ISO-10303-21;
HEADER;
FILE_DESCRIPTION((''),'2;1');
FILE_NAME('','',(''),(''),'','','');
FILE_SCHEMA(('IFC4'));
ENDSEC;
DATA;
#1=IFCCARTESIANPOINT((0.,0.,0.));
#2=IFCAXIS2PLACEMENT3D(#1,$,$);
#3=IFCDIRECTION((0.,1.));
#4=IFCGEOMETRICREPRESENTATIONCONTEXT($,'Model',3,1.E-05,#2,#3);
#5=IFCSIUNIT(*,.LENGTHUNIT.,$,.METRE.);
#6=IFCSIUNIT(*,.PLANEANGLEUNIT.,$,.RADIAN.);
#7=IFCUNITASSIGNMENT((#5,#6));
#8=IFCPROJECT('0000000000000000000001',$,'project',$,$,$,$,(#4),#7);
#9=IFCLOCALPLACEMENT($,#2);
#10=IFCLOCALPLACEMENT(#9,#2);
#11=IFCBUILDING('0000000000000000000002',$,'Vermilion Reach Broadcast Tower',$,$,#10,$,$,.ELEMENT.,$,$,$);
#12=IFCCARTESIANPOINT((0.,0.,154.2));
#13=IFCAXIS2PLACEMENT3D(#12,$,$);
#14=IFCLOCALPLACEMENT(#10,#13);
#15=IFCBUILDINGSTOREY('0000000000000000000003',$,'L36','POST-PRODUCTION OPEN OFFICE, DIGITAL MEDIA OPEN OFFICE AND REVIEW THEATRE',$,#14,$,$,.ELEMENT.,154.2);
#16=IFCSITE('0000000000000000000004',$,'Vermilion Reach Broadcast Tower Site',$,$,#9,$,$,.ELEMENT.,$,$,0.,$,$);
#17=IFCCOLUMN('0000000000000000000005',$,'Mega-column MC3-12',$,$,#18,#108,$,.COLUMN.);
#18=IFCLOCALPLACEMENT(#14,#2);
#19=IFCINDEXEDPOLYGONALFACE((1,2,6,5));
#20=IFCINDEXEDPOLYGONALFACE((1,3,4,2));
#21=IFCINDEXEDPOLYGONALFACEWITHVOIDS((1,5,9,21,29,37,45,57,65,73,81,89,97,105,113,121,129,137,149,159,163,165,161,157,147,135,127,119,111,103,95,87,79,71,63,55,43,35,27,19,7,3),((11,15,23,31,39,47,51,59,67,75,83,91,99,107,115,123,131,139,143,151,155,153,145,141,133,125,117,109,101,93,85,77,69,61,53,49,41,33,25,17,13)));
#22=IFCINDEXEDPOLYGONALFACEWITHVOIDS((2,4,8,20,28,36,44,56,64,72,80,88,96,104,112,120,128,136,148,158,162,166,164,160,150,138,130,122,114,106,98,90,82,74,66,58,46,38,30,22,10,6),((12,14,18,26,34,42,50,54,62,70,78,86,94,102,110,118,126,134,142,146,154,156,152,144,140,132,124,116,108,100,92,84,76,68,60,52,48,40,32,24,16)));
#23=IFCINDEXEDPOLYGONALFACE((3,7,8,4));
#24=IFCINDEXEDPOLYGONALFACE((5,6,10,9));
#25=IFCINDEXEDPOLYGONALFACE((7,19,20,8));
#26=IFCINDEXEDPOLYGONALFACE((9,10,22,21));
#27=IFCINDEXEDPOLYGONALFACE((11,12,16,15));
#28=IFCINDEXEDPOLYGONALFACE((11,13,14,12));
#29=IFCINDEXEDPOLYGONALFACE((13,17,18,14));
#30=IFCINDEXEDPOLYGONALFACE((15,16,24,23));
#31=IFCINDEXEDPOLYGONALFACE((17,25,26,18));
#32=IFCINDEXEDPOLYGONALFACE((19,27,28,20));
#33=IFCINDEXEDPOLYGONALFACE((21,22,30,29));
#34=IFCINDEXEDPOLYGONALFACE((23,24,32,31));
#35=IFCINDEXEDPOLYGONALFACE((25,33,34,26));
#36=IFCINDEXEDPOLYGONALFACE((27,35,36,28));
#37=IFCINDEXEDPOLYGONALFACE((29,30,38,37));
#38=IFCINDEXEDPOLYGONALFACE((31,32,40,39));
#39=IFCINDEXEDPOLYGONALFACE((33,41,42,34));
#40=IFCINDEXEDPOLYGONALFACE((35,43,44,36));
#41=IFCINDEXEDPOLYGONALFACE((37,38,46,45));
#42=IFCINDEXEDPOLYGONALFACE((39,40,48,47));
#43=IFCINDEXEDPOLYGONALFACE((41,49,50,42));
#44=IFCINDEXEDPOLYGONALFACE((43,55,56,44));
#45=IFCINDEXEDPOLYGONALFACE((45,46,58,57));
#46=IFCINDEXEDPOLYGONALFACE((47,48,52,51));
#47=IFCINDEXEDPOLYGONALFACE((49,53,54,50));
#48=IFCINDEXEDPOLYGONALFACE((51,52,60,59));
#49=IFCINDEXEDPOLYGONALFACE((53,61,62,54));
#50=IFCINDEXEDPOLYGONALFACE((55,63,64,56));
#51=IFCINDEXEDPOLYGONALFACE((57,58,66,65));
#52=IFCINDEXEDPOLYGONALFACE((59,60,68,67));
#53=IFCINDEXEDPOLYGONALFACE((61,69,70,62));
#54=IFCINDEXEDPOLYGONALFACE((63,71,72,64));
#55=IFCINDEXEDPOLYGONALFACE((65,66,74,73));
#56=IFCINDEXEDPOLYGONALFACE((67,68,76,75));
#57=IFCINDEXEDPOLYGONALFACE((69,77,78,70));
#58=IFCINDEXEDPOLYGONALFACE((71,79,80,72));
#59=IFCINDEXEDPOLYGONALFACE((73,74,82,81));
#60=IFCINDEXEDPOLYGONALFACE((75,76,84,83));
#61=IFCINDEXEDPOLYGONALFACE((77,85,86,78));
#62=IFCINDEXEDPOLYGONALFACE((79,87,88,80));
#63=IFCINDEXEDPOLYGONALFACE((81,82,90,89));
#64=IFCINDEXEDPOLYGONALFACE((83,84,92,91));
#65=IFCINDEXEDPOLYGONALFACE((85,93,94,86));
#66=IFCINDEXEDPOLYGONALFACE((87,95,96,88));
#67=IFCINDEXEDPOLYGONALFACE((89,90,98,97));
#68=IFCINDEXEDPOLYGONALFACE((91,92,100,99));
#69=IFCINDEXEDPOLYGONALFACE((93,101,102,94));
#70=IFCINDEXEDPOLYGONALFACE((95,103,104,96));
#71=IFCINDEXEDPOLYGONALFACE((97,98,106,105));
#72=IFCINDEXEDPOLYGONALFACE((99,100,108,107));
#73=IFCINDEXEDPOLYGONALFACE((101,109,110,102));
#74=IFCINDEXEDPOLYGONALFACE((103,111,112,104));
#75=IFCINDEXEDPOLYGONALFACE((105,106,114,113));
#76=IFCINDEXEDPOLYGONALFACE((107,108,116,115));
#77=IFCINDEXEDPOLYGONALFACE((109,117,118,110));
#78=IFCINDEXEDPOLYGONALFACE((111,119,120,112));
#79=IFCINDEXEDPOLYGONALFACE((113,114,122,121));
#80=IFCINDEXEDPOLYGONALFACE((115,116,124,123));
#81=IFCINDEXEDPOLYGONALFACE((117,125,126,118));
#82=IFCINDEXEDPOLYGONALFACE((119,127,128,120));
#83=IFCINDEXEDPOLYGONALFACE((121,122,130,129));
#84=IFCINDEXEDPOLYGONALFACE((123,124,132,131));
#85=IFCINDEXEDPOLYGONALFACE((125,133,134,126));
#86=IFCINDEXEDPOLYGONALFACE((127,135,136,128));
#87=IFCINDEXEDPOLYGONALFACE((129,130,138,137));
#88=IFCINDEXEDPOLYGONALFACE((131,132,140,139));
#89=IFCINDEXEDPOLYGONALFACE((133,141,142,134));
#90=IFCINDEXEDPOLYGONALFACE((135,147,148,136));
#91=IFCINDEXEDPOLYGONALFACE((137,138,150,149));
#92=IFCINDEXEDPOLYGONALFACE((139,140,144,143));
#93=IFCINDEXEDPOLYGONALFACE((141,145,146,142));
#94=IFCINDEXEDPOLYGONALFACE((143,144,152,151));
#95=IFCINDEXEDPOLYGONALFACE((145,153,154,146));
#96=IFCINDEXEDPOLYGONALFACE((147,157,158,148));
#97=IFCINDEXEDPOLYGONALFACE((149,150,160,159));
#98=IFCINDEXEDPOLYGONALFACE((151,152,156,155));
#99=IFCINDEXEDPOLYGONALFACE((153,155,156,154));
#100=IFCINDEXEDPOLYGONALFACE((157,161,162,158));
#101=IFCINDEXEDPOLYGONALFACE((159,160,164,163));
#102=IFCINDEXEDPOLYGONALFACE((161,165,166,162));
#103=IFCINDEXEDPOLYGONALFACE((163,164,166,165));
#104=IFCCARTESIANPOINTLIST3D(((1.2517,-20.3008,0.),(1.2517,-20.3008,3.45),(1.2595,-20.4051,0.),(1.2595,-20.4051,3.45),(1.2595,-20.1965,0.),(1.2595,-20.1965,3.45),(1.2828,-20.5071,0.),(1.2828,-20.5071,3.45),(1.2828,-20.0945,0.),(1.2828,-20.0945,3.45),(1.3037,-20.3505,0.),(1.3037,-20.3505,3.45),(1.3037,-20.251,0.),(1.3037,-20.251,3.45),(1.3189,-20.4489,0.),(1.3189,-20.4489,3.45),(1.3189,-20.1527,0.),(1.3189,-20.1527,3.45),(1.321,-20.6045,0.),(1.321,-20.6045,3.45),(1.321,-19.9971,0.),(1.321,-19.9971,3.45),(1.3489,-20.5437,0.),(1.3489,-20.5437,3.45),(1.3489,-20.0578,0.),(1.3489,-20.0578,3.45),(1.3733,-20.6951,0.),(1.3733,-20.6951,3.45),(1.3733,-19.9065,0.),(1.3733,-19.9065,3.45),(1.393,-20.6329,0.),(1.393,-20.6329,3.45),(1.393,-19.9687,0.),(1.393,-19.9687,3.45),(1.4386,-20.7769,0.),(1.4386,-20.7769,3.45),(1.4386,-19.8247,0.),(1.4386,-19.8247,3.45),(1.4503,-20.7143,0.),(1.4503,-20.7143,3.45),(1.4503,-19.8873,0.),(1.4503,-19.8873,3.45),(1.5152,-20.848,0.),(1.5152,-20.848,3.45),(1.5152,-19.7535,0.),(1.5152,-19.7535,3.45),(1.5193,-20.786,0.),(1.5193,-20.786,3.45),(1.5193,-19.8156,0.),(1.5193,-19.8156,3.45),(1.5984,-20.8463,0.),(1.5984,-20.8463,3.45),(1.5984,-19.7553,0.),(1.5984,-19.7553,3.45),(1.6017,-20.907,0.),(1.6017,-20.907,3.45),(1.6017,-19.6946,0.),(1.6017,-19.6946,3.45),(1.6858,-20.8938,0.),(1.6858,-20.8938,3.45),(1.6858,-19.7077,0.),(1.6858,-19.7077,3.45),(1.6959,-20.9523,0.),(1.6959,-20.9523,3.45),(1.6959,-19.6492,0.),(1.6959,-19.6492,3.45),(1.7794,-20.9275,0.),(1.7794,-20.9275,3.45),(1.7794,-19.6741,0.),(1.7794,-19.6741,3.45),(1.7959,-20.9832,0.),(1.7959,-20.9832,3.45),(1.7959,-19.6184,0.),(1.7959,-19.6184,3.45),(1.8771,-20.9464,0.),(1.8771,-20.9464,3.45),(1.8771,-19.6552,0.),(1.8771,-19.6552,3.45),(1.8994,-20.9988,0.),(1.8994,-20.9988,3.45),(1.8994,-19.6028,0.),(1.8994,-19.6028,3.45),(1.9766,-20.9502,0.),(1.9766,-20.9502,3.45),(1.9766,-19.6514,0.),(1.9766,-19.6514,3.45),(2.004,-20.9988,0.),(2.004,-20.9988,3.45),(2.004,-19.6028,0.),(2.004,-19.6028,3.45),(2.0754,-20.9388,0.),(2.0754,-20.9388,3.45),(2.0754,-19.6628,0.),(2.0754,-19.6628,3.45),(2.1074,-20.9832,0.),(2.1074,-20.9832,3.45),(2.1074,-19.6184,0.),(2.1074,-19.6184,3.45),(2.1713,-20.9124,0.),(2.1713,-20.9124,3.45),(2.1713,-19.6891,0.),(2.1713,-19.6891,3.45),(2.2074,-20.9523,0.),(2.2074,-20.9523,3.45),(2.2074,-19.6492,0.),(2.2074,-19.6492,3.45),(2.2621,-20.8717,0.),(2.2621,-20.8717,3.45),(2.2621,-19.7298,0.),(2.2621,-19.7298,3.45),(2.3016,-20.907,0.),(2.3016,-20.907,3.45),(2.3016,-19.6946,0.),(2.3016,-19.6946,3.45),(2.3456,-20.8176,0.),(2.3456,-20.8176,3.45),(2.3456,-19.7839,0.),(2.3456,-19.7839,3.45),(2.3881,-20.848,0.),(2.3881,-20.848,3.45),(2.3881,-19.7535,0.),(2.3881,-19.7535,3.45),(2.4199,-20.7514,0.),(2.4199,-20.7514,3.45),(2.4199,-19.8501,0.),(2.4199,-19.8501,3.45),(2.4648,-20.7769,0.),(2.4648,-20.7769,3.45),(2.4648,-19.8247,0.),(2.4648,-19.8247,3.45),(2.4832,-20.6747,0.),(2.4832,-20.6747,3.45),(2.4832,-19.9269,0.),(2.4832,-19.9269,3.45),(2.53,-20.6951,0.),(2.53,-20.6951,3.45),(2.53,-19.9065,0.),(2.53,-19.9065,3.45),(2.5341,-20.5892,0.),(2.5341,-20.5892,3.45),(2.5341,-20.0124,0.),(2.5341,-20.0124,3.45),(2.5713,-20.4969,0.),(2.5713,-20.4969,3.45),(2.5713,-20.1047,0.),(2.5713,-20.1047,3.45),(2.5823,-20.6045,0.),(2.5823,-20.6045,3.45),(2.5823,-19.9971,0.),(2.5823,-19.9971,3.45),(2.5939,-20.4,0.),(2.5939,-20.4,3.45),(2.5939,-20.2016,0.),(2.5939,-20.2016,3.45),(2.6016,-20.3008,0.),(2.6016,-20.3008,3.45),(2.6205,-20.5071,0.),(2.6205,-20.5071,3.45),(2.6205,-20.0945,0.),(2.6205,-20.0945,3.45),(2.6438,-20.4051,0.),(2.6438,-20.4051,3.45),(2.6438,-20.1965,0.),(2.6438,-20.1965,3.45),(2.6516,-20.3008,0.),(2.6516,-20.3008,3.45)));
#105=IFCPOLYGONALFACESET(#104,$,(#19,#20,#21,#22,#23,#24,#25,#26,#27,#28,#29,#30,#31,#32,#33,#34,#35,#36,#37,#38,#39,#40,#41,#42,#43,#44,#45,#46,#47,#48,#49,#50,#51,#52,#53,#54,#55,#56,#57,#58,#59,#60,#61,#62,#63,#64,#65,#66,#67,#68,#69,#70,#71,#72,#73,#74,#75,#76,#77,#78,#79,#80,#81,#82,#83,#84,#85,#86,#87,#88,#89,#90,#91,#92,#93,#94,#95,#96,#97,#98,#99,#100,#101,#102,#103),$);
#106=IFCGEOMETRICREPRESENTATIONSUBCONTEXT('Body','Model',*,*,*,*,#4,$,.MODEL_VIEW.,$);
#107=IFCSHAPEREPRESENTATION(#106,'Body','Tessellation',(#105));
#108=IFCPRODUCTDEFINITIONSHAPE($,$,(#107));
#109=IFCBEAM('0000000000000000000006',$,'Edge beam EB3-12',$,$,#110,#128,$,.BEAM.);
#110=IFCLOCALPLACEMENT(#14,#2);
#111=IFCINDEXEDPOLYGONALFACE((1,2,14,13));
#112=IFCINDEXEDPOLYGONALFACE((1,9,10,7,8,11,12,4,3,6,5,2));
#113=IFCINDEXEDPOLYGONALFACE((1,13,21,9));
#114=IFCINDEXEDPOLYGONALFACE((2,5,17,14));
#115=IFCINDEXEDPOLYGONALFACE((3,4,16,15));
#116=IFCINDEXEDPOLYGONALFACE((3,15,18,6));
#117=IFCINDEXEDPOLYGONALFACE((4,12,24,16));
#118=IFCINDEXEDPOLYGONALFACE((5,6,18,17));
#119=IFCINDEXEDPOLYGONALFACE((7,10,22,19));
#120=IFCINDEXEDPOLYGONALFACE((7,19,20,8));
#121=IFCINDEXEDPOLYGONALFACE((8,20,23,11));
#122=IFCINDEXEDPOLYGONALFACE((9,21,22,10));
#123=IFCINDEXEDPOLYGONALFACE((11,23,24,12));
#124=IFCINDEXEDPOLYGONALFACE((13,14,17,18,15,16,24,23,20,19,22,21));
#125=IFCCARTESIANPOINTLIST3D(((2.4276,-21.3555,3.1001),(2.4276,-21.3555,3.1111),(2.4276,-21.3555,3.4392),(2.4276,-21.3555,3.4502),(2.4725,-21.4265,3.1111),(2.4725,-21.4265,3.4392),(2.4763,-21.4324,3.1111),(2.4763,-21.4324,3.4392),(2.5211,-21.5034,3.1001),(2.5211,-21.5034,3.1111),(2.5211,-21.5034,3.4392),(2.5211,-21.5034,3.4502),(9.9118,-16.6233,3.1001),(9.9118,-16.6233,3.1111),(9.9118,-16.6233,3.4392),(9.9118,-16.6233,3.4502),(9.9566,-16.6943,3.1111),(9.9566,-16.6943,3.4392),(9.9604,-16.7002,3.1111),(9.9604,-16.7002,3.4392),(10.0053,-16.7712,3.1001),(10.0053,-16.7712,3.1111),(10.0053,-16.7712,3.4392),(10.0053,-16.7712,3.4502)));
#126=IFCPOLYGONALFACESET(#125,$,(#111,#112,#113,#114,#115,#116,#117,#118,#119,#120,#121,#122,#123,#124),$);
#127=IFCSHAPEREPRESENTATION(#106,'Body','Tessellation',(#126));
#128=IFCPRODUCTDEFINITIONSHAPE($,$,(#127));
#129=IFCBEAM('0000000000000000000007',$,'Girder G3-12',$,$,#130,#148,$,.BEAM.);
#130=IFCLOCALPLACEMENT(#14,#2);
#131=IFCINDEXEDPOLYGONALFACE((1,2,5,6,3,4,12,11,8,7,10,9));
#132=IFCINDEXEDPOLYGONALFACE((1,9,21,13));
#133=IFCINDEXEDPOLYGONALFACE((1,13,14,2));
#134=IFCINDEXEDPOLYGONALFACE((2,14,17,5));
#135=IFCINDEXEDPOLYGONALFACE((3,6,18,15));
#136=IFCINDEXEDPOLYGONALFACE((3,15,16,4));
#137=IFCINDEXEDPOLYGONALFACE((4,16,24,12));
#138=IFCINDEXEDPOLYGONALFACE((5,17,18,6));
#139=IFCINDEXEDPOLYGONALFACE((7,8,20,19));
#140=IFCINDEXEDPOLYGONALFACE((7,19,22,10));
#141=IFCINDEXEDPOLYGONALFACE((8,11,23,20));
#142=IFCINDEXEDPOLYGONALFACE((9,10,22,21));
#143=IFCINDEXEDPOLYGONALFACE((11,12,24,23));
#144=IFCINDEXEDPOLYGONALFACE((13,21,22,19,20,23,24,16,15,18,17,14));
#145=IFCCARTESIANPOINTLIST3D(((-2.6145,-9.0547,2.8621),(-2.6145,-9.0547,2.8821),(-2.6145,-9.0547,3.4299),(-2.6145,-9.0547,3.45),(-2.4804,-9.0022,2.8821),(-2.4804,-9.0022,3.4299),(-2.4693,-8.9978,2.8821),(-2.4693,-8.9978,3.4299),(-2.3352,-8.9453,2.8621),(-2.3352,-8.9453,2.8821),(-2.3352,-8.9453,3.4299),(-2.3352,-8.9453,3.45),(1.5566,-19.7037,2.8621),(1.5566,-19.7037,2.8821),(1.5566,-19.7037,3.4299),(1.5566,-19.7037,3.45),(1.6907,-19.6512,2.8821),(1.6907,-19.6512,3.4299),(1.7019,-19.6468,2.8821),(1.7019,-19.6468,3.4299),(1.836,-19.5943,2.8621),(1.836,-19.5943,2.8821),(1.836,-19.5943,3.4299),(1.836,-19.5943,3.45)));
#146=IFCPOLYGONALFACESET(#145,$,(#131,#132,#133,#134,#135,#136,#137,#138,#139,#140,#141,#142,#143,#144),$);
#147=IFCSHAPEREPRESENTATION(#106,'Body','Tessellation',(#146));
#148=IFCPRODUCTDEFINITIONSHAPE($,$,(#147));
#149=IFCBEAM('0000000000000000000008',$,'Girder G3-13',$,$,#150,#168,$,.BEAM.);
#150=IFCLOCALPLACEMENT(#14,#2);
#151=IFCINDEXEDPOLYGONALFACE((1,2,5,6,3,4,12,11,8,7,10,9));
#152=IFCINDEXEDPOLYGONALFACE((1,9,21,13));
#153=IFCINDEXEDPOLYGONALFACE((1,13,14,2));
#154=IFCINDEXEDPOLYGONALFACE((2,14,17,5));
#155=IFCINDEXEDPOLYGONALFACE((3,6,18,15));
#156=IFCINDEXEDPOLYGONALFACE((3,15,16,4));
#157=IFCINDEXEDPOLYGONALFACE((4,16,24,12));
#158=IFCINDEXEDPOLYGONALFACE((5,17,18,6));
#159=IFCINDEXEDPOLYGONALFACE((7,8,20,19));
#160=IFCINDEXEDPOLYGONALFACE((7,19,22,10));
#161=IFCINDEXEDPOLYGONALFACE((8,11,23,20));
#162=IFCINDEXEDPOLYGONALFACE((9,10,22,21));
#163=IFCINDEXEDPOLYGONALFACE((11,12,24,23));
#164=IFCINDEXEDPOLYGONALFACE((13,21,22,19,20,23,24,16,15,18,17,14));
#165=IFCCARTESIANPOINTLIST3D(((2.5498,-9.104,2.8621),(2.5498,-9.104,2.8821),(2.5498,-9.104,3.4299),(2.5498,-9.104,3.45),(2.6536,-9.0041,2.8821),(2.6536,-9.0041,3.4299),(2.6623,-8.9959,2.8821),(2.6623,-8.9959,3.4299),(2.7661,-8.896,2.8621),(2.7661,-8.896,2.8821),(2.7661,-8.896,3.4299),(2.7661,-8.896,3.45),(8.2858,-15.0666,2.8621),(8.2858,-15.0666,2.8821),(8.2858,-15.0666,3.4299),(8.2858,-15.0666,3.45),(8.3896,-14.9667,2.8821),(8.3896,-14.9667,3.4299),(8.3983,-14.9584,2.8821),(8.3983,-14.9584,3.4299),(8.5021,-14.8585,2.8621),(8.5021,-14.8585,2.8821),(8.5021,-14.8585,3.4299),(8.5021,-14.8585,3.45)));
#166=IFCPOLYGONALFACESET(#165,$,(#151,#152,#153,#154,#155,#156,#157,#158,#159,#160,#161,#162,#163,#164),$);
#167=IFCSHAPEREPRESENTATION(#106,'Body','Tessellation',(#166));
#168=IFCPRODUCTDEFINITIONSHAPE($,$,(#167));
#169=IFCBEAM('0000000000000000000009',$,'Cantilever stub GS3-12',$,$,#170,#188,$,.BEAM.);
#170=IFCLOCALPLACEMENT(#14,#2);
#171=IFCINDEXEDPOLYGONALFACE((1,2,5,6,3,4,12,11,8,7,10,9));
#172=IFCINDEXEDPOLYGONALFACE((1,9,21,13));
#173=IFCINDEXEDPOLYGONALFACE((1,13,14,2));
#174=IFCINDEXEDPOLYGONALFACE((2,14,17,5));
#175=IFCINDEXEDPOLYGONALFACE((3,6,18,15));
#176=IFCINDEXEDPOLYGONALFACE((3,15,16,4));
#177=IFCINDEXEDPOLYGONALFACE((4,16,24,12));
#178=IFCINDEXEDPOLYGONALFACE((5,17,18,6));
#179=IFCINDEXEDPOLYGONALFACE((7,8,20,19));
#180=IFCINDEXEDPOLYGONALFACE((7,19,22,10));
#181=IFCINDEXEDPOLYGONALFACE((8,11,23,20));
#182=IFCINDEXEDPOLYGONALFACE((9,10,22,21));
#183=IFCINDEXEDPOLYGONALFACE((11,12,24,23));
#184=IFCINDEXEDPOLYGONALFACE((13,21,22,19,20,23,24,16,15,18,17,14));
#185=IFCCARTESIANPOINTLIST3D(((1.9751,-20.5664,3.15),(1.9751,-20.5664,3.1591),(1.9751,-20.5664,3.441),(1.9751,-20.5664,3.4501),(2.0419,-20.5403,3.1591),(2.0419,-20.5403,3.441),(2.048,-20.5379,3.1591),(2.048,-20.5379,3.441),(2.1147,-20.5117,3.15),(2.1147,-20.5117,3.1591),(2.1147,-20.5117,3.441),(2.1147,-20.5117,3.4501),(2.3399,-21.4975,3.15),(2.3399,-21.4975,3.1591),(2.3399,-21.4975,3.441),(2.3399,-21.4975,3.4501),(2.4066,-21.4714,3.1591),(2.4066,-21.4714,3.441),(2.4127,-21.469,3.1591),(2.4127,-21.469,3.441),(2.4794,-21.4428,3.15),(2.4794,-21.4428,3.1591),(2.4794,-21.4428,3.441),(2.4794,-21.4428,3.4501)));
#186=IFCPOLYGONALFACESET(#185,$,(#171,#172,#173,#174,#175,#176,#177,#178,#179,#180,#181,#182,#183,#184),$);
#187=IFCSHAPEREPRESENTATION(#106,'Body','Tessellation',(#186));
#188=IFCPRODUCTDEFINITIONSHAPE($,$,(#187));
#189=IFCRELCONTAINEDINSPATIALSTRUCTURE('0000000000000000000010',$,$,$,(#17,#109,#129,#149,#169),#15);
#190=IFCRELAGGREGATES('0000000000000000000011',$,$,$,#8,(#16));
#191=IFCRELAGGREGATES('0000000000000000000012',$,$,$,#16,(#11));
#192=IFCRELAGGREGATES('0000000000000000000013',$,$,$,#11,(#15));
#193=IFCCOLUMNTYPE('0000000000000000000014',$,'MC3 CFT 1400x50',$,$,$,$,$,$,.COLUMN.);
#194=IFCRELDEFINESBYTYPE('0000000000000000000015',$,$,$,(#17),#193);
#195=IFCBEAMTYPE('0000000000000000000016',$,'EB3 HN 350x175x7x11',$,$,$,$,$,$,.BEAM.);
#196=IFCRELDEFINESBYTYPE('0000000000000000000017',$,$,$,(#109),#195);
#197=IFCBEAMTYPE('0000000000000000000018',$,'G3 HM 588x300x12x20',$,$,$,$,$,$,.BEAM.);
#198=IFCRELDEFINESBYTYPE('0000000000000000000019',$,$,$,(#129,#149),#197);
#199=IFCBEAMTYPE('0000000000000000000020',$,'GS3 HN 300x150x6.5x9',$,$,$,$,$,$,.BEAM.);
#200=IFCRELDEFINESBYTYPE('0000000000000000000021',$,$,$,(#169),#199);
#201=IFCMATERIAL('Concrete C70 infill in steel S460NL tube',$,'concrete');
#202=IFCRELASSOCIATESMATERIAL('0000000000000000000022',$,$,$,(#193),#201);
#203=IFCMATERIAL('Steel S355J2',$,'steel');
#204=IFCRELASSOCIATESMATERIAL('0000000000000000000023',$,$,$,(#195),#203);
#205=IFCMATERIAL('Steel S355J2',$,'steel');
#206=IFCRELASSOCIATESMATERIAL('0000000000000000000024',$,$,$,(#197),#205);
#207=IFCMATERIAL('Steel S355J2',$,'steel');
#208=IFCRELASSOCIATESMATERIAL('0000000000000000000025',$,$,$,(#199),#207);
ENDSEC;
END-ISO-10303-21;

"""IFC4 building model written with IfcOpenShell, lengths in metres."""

from ifc_helpers import new_model, si_unit, direction, frame, origin, origin_2d, place, context, subcontext, project, spatial, hollow_circle, i_section, extrude, material, material_profile, profile_set, type_object, element, save


model = new_model("IFC4")

# Units and contexts
model_context = context("Model", 3, precision=1e-05, world=origin(), true_north=direction((0.0, 1.0)))
body_context = subcontext(model_context, "Body", "Model", "MODEL_VIEW")
ifc_project = project(units=[si_unit("LENGTHUNIT", "METRE"), si_unit("PLANEANGLEUNIT", "RADIAN")], contexts=[model_context])

# Site, building, storey
site_placement = place(None, origin())
site = spatial("IfcSite", under=ifc_project, at=site_placement, Name="Vermilion Reach Broadcast Tower Site", CompositionType="ELEMENT", RefElevation=0.0)
building_placement = place(site_placement, origin())
building = spatial("IfcBuilding", under=site, at=building_placement, Name="Vermilion Reach Broadcast Tower", CompositionType="ELEMENT")
storey_placement = place(building_placement, frame((0.0, 0.0, 154.2)))
storey = spatial("IfcBuildingStorey", under=building, at=storey_placement, Name="L36", Description="POST-PRODUCTION OPEN OFFICE, DIGITAL MEDIA OPEN OFFICE AND REVIEW THEATRE", CompositionType="ELEMENT", Elevation=154.2)

# Column
ifc_material_1 = material(Name="Concrete C70 infill in steel S460NL tube", Category="concrete")
ifc_material_profile_1 = material_profile(ifc_material_1, hollow_circle(Radius=0.7, WallThickness=0.05, at=origin_2d()), Name="Concrete C70 infill in steel S460NL tube CFT 1400x50")
ifc_profile_set_1 = profile_set([ifc_material_profile_1], Name="Concrete C70 infill in steel S460NL tube")
column_type = type_object("IfcColumnType", Name="MC3 CFT 1400x50", PredefinedType="COLUMN", material=ifc_profile_set_1)
column_placement = place(storey_placement, frame((1.9517, -20.3008, 0.0), z_axis=(0.0, 0.0, 1.0), x_axis=(1.0, 0.0, 0.0)))
element("IfcColumn", 1, at=column_placement, inside=storey, type_object=column_type, Name="Mega-column MC3-12", PredefinedType="COLUMN", context=body_context, shape_type="SweptSolid", body=[
    extrude(hollow_circle(Radius=0.7, WallThickness=0.05, at=origin_2d()), origin(), (0.0, 0.0, 1.0), 3.45),
])

# Beams
ifc_material_2 = material(Name="Steel S355J2", Category="steel")
ifc_material_profile_2 = material_profile(ifc_material_2, i_section(OverallWidth=0.175, OverallDepth=0.3501, WebThickness=0.0071, FlangeThickness=0.011, at=origin_2d()), Name="S355J2 HN 350x175x7x11")
ifc_profile_set_2 = profile_set([ifc_material_profile_2], Name="Steel S355J2")
beam_type_1 = type_object("IfcBeamType", Name="EB3 HN 350x175x7x11", PredefinedType="BEAM", material=ifc_profile_set_2)
beam_1_placement = place(storey_placement, frame((2.4744, -21.4294, 3.2751), z_axis=(0.845216, 0.534425, 0.0), x_axis=(-0.534425, 0.845216, 0.0)))
element("IfcBeam", 2, at=beam_1_placement, inside=storey, type_object=beam_type_1, Name="Edge beam EB3-12", PredefinedType="BEAM", context=body_context, shape_type="SweptSolid", body=[
    extrude(i_section(OverallWidth=0.175, OverallDepth=0.3501, WebThickness=0.0071, FlangeThickness=0.011, at=origin_2d()), origin(), (0.0, 0.0, 1.0), 8.8547),
])
ifc_material_3 = material(Name="Steel S355J2", Category="steel")
ifc_material_profile_3 = material_profile(ifc_material_3, i_section(OverallWidth=0.3, OverallDepth=0.5879, WebThickness=0.012, FlangeThickness=0.02, at=origin_2d()), Name="S355J2 HM 588x300x12x20")
ifc_profile_set_3 = profile_set([ifc_material_profile_3], Name="Steel S355J2")
beam_type_2 = type_object("IfcBeamType", Name="G3 HM 588x300x12x20", PredefinedType="BEAM", material=ifc_profile_set_3)
beam_2_placement = place(storey_placement, frame((-2.4749, -9.0, 3.156), z_axis=(0.364716, -0.931119, 0.0), x_axis=(0.931119, 0.364716, 0.0)))
element("IfcBeam", 3, at=beam_2_placement, inside=storey, type_object=beam_type_2, Name="Girder G3-12", PredefinedType="BEAM", context=body_context, shape_type="SweptSolid", body=[
    extrude(i_section(OverallWidth=0.3, OverallDepth=0.5879, WebThickness=0.012, FlangeThickness=0.02, at=origin_2d()), origin(), (0.0, 0.0, 1.0), 11.4368),
])
beam_3_placement = place(storey_placement, frame((2.658, -9.0, 3.156), z_axis=(0.693283, -0.720666, 0.0), x_axis=(0.720666, 0.693283, 0.0)))
element("IfcBeam", 4, at=beam_3_placement, inside=storey, type_object=beam_type_2, Name="Girder G3-13", PredefinedType="BEAM", context=body_context, shape_type="SweptSolid", body=[
    extrude(i_section(OverallWidth=0.3, OverallDepth=0.5879, WebThickness=0.012, FlangeThickness=0.02, at=origin_2d()), origin(), (0.0, 0.0, 1.0), 8.2737),
])
ifc_material_4 = material(Name="Steel S355J2", Category="steel")
ifc_material_profile_4 = material_profile(ifc_material_4, i_section(OverallWidth=0.1499, OverallDepth=0.3, WebThickness=0.0066, FlangeThickness=0.009, at=origin_2d()), Name="S355J2 HN 300x150x6.5x9")
ifc_profile_set_4 = profile_set([ifc_material_profile_4], Name="Steel S355J2")
beam_type_3 = type_object("IfcBeamType", Name="GS3 HN 300x150x6.5x9", PredefinedType="BEAM", material=ifc_profile_set_4)
beam_4_placement = place(storey_placement, frame((2.0449, -20.5391, 3.3), z_axis=(0.364731, -0.931113, 0.0), x_axis=(0.931113, 0.364731, 0.0)))
element("IfcBeam", 5, at=beam_4_placement, inside=storey, type_object=beam_type_3, Name="Cantilever stub GS3-12", PredefinedType="BEAM", context=body_context, shape_type="SweptSolid", body=[
    extrude(i_section(OverallWidth=0.1499, OverallDepth=0.3, WebThickness=0.0066, FlangeThickness=0.009, at=origin_2d()), origin(), (0.0, 0.0, 1.0), 1.0),
])

save(model, "model.ifc")
